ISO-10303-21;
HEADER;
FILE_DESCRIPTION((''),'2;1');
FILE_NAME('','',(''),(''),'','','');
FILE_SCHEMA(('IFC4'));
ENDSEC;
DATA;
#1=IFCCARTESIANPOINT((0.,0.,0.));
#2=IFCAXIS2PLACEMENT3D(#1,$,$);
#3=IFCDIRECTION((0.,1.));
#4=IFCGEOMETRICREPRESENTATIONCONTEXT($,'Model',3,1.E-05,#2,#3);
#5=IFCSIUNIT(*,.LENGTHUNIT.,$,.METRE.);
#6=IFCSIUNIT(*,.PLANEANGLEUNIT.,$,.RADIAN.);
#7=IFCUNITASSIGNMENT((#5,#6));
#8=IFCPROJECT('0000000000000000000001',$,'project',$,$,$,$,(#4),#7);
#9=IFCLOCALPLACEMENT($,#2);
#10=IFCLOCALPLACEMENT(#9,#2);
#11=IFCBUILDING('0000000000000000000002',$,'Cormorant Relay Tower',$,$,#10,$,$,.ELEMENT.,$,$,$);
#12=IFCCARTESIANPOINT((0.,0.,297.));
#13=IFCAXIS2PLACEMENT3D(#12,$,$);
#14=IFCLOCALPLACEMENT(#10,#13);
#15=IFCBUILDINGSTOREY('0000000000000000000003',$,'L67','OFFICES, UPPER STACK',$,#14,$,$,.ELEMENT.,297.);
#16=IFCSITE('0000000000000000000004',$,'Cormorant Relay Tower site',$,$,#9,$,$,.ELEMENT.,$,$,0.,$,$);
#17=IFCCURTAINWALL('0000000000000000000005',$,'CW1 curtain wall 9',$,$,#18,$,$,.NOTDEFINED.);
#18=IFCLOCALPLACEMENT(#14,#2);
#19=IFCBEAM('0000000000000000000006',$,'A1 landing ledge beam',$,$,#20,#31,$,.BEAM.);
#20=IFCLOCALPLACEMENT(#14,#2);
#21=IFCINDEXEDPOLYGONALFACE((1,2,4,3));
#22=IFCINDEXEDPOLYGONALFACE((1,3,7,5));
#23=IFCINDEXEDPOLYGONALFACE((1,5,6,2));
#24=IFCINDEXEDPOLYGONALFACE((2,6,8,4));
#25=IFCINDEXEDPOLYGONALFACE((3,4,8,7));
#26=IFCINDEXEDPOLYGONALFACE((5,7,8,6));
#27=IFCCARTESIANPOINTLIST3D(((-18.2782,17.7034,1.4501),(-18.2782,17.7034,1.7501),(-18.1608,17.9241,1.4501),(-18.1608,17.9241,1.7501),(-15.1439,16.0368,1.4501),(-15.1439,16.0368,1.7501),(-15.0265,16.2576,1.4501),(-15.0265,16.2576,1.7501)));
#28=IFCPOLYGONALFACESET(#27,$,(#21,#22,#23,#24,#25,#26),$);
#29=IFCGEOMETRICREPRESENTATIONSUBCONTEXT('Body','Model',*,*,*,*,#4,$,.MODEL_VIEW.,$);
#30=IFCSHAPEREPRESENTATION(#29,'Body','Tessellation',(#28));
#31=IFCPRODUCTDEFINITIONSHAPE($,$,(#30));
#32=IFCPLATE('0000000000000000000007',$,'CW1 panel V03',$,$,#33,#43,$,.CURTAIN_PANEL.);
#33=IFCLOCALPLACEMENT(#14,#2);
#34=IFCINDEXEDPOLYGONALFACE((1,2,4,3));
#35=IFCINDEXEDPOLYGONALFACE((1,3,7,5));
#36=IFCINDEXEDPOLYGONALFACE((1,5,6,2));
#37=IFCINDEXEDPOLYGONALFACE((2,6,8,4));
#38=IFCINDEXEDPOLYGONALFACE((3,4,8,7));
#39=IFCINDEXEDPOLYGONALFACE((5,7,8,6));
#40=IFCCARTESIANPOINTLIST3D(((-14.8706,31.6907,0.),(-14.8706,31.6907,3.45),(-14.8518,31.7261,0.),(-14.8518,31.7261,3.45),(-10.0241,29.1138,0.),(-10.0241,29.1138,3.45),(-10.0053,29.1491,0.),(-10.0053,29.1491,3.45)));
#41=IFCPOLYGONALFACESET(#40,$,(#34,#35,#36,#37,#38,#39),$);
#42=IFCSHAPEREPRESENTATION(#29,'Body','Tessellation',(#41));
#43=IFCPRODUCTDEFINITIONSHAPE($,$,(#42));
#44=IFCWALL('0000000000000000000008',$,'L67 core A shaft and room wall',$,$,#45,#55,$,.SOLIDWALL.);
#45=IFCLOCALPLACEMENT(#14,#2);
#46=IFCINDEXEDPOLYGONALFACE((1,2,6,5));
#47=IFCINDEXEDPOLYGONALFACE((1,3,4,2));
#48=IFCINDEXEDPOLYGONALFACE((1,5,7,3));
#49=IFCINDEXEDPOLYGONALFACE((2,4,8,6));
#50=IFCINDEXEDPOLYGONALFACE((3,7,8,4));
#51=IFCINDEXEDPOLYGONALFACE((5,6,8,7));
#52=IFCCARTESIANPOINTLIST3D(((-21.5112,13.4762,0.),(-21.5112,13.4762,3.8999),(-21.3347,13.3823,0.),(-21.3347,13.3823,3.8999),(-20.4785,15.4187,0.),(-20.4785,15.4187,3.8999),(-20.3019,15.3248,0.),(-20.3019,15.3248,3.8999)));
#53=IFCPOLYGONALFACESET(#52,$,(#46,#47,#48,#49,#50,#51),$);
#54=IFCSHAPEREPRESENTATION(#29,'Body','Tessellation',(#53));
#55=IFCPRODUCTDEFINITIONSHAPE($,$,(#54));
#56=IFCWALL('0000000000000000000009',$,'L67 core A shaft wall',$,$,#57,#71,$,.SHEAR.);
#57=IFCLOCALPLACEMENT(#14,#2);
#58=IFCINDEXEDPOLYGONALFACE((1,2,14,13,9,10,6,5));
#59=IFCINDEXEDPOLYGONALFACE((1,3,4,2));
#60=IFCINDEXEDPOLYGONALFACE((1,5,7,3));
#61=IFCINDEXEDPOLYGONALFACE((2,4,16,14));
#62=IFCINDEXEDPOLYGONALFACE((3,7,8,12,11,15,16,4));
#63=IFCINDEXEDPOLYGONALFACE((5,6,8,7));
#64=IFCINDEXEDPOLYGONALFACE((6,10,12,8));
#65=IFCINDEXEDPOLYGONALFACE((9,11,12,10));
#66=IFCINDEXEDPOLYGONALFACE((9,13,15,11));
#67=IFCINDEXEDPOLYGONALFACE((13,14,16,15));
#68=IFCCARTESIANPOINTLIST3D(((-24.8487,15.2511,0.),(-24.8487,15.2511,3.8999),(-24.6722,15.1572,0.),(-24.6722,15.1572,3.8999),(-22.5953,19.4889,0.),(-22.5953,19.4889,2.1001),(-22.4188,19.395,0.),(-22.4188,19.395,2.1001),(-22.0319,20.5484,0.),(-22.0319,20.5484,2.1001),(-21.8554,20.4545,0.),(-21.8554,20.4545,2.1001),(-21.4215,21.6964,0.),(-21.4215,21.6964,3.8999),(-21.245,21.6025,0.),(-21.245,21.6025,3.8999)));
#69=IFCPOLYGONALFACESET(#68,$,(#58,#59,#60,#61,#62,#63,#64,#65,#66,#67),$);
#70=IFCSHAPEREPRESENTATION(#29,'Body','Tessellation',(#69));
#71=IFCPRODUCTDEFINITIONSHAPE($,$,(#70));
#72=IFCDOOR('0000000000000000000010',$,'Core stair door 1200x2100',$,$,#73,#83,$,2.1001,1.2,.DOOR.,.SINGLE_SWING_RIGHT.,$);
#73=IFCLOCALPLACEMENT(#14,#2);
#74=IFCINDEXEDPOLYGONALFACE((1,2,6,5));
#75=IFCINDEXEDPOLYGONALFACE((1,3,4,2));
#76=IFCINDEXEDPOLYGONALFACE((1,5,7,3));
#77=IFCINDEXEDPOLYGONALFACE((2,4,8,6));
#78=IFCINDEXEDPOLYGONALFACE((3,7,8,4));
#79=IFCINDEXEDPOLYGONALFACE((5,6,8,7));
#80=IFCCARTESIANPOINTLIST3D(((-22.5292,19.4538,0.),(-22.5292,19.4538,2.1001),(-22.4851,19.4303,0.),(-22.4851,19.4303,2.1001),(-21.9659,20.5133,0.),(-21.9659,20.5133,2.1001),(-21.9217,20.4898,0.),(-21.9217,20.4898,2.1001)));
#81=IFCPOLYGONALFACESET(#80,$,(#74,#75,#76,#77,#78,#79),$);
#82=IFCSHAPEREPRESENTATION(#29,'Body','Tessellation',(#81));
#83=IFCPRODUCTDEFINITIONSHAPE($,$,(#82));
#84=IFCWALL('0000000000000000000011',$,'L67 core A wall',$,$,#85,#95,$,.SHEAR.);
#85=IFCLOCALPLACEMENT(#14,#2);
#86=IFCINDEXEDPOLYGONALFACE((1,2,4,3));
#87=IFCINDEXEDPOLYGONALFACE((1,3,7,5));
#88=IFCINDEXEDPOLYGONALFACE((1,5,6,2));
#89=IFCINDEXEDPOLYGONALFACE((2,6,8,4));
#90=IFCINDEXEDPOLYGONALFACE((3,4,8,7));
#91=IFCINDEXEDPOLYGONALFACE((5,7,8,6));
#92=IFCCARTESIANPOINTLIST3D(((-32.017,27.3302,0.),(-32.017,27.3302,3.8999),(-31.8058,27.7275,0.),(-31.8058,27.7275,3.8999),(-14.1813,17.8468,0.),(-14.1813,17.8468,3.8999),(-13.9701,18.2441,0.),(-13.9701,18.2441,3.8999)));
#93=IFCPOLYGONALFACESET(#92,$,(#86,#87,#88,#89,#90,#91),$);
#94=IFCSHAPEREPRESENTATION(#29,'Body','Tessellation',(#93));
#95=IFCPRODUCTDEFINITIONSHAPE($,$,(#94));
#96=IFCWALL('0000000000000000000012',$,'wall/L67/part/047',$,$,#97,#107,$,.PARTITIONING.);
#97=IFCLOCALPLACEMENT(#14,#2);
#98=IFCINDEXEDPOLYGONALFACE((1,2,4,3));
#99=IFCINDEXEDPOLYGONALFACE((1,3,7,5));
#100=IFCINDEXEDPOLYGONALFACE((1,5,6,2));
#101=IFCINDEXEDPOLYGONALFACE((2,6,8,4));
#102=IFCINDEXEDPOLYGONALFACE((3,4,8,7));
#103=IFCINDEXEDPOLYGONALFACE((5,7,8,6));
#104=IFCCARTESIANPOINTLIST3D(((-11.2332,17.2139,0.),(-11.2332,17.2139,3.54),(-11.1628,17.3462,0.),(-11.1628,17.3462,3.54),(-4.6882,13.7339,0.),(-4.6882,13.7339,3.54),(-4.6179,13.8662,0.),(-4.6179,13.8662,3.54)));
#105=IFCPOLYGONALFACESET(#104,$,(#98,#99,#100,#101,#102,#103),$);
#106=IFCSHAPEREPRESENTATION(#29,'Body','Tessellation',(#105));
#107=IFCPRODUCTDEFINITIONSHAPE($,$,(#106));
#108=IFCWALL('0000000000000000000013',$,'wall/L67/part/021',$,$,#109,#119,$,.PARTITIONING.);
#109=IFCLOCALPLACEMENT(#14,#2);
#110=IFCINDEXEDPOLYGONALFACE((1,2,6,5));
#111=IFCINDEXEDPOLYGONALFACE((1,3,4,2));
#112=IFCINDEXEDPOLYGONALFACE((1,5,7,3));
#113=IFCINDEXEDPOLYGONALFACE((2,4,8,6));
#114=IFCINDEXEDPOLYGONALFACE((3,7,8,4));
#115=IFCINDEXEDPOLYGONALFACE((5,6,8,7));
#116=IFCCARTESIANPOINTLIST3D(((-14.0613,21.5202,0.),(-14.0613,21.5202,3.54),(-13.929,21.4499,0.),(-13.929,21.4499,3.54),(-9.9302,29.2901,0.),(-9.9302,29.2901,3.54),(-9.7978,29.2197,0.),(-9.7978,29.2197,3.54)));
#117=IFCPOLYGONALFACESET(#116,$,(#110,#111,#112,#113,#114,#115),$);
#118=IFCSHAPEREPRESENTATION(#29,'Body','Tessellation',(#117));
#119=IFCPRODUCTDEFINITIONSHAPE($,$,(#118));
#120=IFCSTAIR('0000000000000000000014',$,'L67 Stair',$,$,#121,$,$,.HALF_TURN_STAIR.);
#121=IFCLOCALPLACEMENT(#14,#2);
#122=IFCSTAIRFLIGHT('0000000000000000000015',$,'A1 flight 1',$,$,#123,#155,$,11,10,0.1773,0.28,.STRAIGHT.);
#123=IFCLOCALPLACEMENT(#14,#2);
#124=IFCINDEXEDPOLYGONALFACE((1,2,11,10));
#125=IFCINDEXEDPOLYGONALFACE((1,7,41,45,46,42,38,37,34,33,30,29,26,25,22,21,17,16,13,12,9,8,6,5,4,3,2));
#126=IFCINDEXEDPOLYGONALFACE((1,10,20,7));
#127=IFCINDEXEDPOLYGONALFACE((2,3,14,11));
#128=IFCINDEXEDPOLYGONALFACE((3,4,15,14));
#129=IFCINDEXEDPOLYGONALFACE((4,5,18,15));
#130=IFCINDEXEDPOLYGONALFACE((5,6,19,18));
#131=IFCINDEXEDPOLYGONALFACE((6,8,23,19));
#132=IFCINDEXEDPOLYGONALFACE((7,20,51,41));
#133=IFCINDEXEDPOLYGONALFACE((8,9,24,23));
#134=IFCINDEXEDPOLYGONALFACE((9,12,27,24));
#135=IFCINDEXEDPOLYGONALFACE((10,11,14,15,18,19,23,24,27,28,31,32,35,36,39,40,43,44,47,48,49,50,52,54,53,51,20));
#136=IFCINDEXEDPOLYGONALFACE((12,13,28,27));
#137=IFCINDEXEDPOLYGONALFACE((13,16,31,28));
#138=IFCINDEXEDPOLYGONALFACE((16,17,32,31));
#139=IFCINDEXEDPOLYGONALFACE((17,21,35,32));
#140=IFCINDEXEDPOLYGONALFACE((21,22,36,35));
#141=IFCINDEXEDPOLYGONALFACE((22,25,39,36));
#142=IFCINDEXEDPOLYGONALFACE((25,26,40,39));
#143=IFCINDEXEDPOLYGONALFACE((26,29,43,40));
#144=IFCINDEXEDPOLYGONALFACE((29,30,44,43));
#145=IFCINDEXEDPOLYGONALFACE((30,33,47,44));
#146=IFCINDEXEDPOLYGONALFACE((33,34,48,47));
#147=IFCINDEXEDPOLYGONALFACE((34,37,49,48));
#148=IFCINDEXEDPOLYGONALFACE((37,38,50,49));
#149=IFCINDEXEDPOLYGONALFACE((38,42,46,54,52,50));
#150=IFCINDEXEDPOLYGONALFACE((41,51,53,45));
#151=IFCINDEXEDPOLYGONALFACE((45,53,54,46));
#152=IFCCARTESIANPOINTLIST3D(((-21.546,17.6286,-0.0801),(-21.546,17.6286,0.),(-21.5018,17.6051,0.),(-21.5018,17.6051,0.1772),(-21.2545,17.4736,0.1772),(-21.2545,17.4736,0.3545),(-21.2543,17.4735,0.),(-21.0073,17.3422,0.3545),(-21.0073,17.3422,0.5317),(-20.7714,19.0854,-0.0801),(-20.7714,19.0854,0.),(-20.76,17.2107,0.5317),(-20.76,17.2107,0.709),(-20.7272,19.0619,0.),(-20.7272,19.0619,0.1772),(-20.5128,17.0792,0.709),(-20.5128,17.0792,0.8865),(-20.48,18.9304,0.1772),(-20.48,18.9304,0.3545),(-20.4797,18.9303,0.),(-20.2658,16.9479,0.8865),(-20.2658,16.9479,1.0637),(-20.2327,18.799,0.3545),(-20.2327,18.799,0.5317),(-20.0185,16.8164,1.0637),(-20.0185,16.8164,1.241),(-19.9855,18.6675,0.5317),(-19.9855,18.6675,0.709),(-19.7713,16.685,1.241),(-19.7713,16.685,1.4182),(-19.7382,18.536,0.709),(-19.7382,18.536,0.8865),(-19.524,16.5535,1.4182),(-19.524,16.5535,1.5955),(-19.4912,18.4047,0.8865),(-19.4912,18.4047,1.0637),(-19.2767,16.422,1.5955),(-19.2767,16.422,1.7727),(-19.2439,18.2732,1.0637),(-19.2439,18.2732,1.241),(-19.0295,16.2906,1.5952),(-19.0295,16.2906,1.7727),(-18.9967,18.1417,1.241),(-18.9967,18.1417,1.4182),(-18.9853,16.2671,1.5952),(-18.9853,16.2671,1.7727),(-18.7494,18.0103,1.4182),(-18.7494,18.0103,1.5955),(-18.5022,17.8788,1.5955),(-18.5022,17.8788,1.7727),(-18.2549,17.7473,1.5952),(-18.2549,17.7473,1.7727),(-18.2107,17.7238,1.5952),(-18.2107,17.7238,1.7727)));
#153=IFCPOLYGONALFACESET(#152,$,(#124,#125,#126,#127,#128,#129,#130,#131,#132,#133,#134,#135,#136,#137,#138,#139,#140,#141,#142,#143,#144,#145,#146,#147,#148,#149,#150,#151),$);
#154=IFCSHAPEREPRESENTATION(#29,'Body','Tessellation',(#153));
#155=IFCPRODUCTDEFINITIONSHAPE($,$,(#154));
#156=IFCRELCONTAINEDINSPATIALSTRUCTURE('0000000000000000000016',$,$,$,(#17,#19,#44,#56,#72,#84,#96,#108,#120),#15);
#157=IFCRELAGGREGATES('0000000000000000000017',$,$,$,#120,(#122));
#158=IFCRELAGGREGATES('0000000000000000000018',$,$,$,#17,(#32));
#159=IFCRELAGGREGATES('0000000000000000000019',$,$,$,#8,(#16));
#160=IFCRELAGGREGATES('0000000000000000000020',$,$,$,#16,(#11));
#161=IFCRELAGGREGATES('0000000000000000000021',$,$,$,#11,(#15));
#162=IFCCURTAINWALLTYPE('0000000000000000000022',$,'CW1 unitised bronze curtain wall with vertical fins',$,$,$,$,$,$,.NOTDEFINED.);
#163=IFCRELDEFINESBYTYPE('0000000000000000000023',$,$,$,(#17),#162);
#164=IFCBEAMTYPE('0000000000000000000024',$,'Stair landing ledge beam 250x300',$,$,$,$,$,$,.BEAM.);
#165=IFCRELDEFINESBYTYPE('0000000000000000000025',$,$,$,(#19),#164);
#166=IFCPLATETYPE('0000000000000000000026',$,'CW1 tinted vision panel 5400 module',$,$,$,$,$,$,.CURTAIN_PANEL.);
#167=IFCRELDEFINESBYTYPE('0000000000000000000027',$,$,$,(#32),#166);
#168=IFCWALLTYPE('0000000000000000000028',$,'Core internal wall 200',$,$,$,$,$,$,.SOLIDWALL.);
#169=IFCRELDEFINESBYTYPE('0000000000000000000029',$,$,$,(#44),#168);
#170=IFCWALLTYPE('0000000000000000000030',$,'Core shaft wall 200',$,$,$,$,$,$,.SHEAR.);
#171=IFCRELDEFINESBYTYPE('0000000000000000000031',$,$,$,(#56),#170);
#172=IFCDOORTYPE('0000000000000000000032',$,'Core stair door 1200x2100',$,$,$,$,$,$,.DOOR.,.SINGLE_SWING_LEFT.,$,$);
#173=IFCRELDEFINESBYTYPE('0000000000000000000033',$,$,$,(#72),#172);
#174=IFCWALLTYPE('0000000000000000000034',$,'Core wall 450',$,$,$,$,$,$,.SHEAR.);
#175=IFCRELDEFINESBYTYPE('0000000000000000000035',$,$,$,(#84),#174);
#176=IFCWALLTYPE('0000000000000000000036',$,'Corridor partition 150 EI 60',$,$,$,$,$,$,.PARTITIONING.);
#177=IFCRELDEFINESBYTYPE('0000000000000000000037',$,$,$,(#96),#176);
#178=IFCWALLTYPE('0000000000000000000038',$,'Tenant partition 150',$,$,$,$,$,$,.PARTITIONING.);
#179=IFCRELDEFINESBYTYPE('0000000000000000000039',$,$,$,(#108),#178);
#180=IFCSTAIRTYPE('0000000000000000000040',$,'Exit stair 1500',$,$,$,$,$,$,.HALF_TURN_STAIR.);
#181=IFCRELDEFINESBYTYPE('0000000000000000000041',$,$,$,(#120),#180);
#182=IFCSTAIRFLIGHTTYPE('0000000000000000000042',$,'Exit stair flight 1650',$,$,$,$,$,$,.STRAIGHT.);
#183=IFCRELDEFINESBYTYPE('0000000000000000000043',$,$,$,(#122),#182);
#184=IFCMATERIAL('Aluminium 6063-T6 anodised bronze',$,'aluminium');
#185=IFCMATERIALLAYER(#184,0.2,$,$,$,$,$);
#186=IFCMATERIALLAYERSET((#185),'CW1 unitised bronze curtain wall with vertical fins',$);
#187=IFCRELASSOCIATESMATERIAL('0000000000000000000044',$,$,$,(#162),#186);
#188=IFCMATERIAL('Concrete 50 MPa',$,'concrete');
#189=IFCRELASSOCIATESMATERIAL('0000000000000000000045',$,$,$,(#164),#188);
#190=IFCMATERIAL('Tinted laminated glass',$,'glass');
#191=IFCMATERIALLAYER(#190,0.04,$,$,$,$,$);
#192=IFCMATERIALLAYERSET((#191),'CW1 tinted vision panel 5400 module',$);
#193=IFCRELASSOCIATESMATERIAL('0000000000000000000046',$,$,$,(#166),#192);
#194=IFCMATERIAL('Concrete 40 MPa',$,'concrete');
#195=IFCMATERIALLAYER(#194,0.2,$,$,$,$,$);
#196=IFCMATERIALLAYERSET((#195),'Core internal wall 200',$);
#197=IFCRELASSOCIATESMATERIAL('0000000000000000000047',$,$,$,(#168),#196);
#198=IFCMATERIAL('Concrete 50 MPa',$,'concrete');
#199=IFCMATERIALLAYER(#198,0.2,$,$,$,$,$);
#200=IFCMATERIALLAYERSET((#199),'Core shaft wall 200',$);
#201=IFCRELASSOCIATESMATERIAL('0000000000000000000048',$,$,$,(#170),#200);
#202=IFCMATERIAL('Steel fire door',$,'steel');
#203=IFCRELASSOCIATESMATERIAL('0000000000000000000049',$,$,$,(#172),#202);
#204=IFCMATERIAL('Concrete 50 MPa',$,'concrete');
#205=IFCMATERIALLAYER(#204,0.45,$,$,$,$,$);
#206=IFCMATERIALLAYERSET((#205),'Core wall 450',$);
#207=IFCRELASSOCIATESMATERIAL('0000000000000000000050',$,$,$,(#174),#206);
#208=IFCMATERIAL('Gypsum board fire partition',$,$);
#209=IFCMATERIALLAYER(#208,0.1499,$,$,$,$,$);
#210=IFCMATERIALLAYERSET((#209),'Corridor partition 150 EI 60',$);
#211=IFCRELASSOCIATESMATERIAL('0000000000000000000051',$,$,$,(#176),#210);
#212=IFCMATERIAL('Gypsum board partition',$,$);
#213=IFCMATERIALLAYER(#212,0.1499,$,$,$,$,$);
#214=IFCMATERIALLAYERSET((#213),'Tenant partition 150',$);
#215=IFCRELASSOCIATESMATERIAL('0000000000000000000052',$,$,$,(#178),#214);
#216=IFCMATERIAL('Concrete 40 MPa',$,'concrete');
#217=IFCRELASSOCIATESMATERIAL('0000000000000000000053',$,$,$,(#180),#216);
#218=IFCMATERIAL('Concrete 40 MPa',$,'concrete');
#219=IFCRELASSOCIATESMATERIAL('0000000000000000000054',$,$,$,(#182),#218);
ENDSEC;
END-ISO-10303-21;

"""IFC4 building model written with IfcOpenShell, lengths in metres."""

from ifc_helpers import new_model, si_unit, direction, frame, frame_2d, origin, origin_2d, place, context, subcontext, project, spatial, polyline, rectangle, outline, extrude, material, layer, layer_set, material_profile, profile_set, type_object, element, fill, aggregate, save


model = new_model("IFC4")

# Units and contexts
model_context = context("Model", 3, precision=1e-05, world=origin(), true_north=direction((0.0, 1.0)))
body_context = subcontext(model_context, "Body", "Model", "MODEL_VIEW")
ifc_project = project(units=[si_unit("LENGTHUNIT", "METRE"), si_unit("PLANEANGLEUNIT", "RADIAN")], contexts=[model_context])

# Site, building, storey
site_placement = place(None, origin())
site = spatial("IfcSite", under=ifc_project, at=site_placement, Name="Cormorant Relay Tower site", CompositionType="ELEMENT", RefElevation=0.0)
building_placement = place(site_placement, origin())
building = spatial("IfcBuilding", under=site, at=building_placement, Name="Cormorant Relay Tower", CompositionType="ELEMENT")
storey_placement = place(building_placement, frame((0.0, 0.0, 297.0)))
storey = spatial("IfcBuildingStorey", under=building, at=storey_placement, Name="L67", Description="OFFICES, UPPER STACK", CompositionType="ELEMENT", Elevation=297.0)

# Curtain wall
ifc_material_1 = material(Name="Aluminium 6063-T6 anodised bronze", Category="aluminium")
ifc_layer_1 = layer(ifc_material_1, 0.2)
ifc_layer_set_1 = layer_set([ifc_layer_1], Name="CW1 unitised bronze curtain wall with vertical fins")
curtain_wall_type = type_object("IfcCurtainWallType", Name="CW1 unitised bronze curtain wall with vertical fins", PredefinedType="NOTDEFINED", material=ifc_layer_set_1)
curtain_wall_placement = place(storey_placement, origin())
curtain_wall = element("IfcCurtainWall", 1, at=curtain_wall_placement, inside=storey, type_object=curtain_wall_type, Name="CW1 curtain wall 9", PredefinedType="NOTDEFINED")

# Beam
ifc_material_2 = material(Name="Concrete 50 MPa", Category="concrete")
ifc_material_profile_1 = material_profile(ifc_material_2, rectangle(XDim=0.25, YDim=0.3, at=origin_2d()), Name="RC 250x300")
ifc_profile_set_1 = profile_set([ifc_material_profile_1], Name="Concrete 50 MPa")
beam_type_1 = type_object("IfcBeamType", Name="Stair landing ledge beam 250x300", PredefinedType="BEAM", material=ifc_profile_set_1)
beam_1_placement = place(storey_placement, frame((-18.2195, 17.8137, 1.6001), z_axis=(0.88295, -0.469467, 0.0), x_axis=(0.469467, 0.88295, 0.0)))
element("IfcBeam", 2, at=beam_1_placement, inside=storey, type_object=beam_type_1, Name="A1 landing ledge beam", PredefinedType="BEAM", context=body_context, shape_type="SweptSolid", body=[
    extrude(rectangle(XDim=0.25, YDim=0.3, at=origin_2d()), origin(), (0.0, 0.0, 1.0), 3.5498),
])

# Plate
ifc_material_3 = material(Name="Tinted laminated glass", Category="glass")
ifc_layer_2 = layer(ifc_material_3, 0.04)
ifc_layer_set_2 = layer_set([ifc_layer_2], Name="CW1 tinted vision panel 5400 module")
plate_type = type_object("IfcPlateType", Name="CW1 tinted vision panel 5400 module", PredefinedType="CURTAIN_PANEL", material=ifc_layer_set_2)
plate_placement = place(storey_placement, frame((-12.438, 30.4199, 0.0), z_axis=(0.0, 0.0, 1.0), x_axis=(-0.882948, 0.469472, 0.0)))
plate = element("IfcPlate", 3, at=plate_placement, type_object=plate_type, Name="CW1 panel V03", PredefinedType="CURTAIN_PANEL", context=body_context, shape_type="SweptSolid", body=[
    extrude(rectangle(XDim=5.489, YDim=0.04, at=origin_2d()), origin(), (0.0, 0.0, 1.0), 3.45),
])

# Wall
ifc_material_4 = material(Name="Concrete 40 MPa", Category="concrete")
ifc_layer_3 = layer(ifc_material_4, 0.2)
ifc_layer_set_3 = layer_set([ifc_layer_3], Name="Core internal wall 200")
wall_type_1 = type_object("IfcWallType", Name="Core internal wall 200", PredefinedType="SOLIDWALL", material=ifc_layer_set_3)
wall_1_placement = place(storey_placement, frame((-20.3901, 15.3718, 0.0), z_axis=(0.0, 0.0, 1.0), x_axis=(-0.469447, -0.88296, 0.0)))
element("IfcWall", 4, at=wall_1_placement, inside=storey, type_object=wall_type_1, Name="L67 core A shaft and room wall", PredefinedType="SOLIDWALL", context=body_context, shape_type="SweptSolid", body=[
    extrude(rectangle(XDim=2.2, YDim=0.2, at=frame_2d((1.1001, 0.0))), origin(), (0.0, 0.0, 1.0), 3.8999),
])

# Wall, opening, door
ifc_material_5 = material(Name="Concrete 50 MPa", Category="concrete")
ifc_layer_4 = layer(ifc_material_5, 0.2)
ifc_layer_set_4 = layer_set([ifc_layer_4], Name="Core shaft wall 200")
wall_type_2 = type_object("IfcWallType", Name="Core shaft wall 200", PredefinedType="SHEAR", material=ifc_layer_set_4)
wall_2_placement = place(storey_placement, frame((-21.3333, 21.6494, 0.0), z_axis=(0.0, 0.0, 1.0), x_axis=(-0.469494, -0.882936, 0.0)))
wall_2 = element("IfcWall", 5, at=wall_2_placement, inside=storey, type_object=wall_type_2, Name="L67 core A shaft wall", PredefinedType="SHEAR", context=body_context, shape_type="SweptSolid", body=[
    extrude(rectangle(XDim=7.2998, YDim=0.2, at=frame_2d((3.6499, 0.0))), origin(), (0.0, 0.0, 1.0), 3.8999),
])
opening_1_placement = place(wall_2_placement, frame((1.3, 0.0, 0.0)))
opening_1 = element("IfcOpeningElement", 6, at=opening_1_placement, cuts=wall_2, PredefinedType="OPENING", context=body_context, shape_type="SweptSolid", body=[
    extrude(rectangle(XDim=1.2, YDim=2.1001, at=frame_2d((0.6001, 1.05))), frame((0.0, 0.1099, 0.0), z_axis=(0.0, -1.0, 0.0), x_axis=(1.0, 0.0, 0.0)), (0.0, 0.0, 1.0), 0.22),
])
ifc_material_6 = material(Name="Steel fire door", Category="steel")
door_type_1 = type_object("IfcDoorType", Name="Core stair door 1200x2100", OperationType="SINGLE_SWING_LEFT", PredefinedType="DOOR", material=ifc_material_6)
door_1_placement = place(opening_1_placement, origin())
door_1 = element("IfcDoor", 7, at=door_1_placement, inside=storey, type_object=door_type_1, Name="Core stair door 1200x2100", OperationType="SINGLE_SWING_RIGHT", OverallHeight=2.1001, OverallWidth=1.2, PredefinedType="DOOR", context=body_context, shape_type="SweptSolid", body=[
    extrude(rectangle(XDim=1.2, YDim=2.1001, at=frame_2d((0.6001, 1.05))), frame((0.0, 0.0249, 0.0), z_axis=(0.0, -1.0, 0.0), x_axis=(1.0, 0.0, 0.0)), (0.0, 0.0, 1.0), 0.05),
])
fill(opening_1, door_1)
ifc_material_7 = material(Name="Concrete 50 MPa", Category="concrete")
ifc_layer_5 = layer(ifc_material_7, 0.45)
ifc_layer_set_5 = layer_set([ifc_layer_5], Name="Core wall 450")
wall_type_3 = type_object("IfcWallType", Name="Core wall 450", PredefinedType="SHEAR", material=ifc_layer_set_5)

# Walls
wall_3_placement = place(storey_placement, frame((-14.0757, 18.0454, 0.0), z_axis=(0.0, 0.0, 1.0), x_axis=(-0.882948, 0.469471, 0.0)))
element("IfcWall", 8, at=wall_3_placement, inside=storey, type_object=wall_type_3, Name="L67 core A wall", PredefinedType="SHEAR", context=body_context, shape_type="SweptSolid", body=[
    extrude(rectangle(XDim=20.2002, YDim=0.45, at=frame_2d((10.1001, 0.0))), origin(), (0.0, 0.0, 1.0), 3.8999),
])
ifc_material_8 = material(Name="Gypsum board fire partition")
ifc_layer_6 = layer(ifc_material_8, 0.1499)
ifc_layer_set_6 = layer_set([ifc_layer_6], Name="Corridor partition 150 EI 60")
wall_type_4 = type_object("IfcWallType", Name="Corridor partition 150 EI 60", PredefinedType="PARTITIONING", material=ifc_layer_set_6)
wall_4_placement = place(storey_placement, frame((-11.198, 17.28, 0.0), z_axis=(0.0, 0.0, 1.0), x_axis=(0.882948, -0.46947, 0.0)))
element("IfcWall", 9, at=wall_4_placement, inside=storey, type_object=wall_type_4, Name="wall/L67/part/047", PredefinedType="PARTITIONING", context=body_context, shape_type="SweptSolid", body=[
    extrude(rectangle(XDim=7.4126, YDim=0.1499, at=frame_2d((3.7063, 0.0))), origin(), (0.0, 0.0, 1.0), 3.54),
])
ifc_material_9 = material(Name="Gypsum board partition")
ifc_layer_7 = layer(ifc_material_9, 0.1499)
ifc_layer_set_7 = layer_set([ifc_layer_7], Name="Tenant partition 150")
wall_type_5 = type_object("IfcWallType", Name="Tenant partition 150", PredefinedType="PARTITIONING", material=ifc_layer_set_7)
wall_5_placement = place(storey_placement, frame((-9.864, 29.2549, 0.0), z_axis=(0.0, 0.0, 1.0), x_axis=(-0.469457, -0.882955, 0.0)))
element("IfcWall", 10, at=wall_5_placement, inside=storey, type_object=wall_type_5, Name="wall/L67/part/021", PredefinedType="PARTITIONING", context=body_context, shape_type="SweptSolid", body=[
    extrude(rectangle(XDim=8.7998, YDim=0.1499, at=frame_2d((4.3999, 0.0))), origin(), (0.0, 0.0, 1.0), 3.54),
])

# Stair, stair flight
ifc_material_10 = material(Name="Concrete 40 MPa", Category="concrete")
stair_type = type_object("IfcStairType", Name="Exit stair 1500", PredefinedType="HALF_TURN_STAIR", material=ifc_material_10)
stair_placement = place(storey_placement, origin())
stair = element("IfcStair", 11, at=stair_placement, inside=storey, type_object=stair_type, Name="L67 Stair", PredefinedType="HALF_TURN_STAIR")
ifc_material_11 = material(Name="Concrete 40 MPa", Category="concrete")
stair_flight_type = type_object("IfcStairFlightType", Name="Exit stair flight 1650", PredefinedType="STRAIGHT", material=ifc_material_11)
stair_flight_1_placement = place(storey_placement, frame((-21.1145, 18.3335, 0.0), z_axis=(0.0, 0.0, 1.0), x_axis=(0.882948, -0.469472, 0.0)))
stair_flight_1 = element("IfcStairFlight", 12, at=stair_flight_1_placement, type_object=stair_flight_type, Name="A1 flight 1", NumberOfRisers=11, NumberOfTreads=10, PredefinedType="STRAIGHT", RiserHeight=0.1773, TreadLength=0.28, context=body_context, shape_type="SweptSolid", body=[
    extrude(outline(polyline([(-0.05, -0.0801), (-0.05, 0.0), (0.0, 0.0), (0.0, 0.1772), (0.28, 0.1772), (0.28, 0.3545), (0.5601, 0.3545), (0.5601, 0.5317), (0.8401, 0.5317), (0.8401, 0.709), (1.1201, 0.709), (1.1201, 0.8865), (1.3999, 0.8865), (1.3999, 1.0637), (1.6799, 1.0637), (1.6799, 1.241), (1.96, 1.241), (1.96, 1.4182), (2.24, 1.4182), (2.24, 1.5955), (2.52, 1.5955), (2.52, 1.7727), (2.8, 1.7727), (2.8501, 1.7727), (2.8501, 1.5952), (2.8, 1.5952), (0.2803, 0.0), (-0.05, -0.0801)])), frame((0.0, 0.825, 0.0), z_axis=(0.0, -1.0, 0.0), x_axis=(1.0, 0.0, 0.0)), (0.0, 0.0, 1.0), 1.6499),
])
aggregate(stair, [stair_flight_1])

aggregate(curtain_wall, [plate])

save(model, "model.ifc")
